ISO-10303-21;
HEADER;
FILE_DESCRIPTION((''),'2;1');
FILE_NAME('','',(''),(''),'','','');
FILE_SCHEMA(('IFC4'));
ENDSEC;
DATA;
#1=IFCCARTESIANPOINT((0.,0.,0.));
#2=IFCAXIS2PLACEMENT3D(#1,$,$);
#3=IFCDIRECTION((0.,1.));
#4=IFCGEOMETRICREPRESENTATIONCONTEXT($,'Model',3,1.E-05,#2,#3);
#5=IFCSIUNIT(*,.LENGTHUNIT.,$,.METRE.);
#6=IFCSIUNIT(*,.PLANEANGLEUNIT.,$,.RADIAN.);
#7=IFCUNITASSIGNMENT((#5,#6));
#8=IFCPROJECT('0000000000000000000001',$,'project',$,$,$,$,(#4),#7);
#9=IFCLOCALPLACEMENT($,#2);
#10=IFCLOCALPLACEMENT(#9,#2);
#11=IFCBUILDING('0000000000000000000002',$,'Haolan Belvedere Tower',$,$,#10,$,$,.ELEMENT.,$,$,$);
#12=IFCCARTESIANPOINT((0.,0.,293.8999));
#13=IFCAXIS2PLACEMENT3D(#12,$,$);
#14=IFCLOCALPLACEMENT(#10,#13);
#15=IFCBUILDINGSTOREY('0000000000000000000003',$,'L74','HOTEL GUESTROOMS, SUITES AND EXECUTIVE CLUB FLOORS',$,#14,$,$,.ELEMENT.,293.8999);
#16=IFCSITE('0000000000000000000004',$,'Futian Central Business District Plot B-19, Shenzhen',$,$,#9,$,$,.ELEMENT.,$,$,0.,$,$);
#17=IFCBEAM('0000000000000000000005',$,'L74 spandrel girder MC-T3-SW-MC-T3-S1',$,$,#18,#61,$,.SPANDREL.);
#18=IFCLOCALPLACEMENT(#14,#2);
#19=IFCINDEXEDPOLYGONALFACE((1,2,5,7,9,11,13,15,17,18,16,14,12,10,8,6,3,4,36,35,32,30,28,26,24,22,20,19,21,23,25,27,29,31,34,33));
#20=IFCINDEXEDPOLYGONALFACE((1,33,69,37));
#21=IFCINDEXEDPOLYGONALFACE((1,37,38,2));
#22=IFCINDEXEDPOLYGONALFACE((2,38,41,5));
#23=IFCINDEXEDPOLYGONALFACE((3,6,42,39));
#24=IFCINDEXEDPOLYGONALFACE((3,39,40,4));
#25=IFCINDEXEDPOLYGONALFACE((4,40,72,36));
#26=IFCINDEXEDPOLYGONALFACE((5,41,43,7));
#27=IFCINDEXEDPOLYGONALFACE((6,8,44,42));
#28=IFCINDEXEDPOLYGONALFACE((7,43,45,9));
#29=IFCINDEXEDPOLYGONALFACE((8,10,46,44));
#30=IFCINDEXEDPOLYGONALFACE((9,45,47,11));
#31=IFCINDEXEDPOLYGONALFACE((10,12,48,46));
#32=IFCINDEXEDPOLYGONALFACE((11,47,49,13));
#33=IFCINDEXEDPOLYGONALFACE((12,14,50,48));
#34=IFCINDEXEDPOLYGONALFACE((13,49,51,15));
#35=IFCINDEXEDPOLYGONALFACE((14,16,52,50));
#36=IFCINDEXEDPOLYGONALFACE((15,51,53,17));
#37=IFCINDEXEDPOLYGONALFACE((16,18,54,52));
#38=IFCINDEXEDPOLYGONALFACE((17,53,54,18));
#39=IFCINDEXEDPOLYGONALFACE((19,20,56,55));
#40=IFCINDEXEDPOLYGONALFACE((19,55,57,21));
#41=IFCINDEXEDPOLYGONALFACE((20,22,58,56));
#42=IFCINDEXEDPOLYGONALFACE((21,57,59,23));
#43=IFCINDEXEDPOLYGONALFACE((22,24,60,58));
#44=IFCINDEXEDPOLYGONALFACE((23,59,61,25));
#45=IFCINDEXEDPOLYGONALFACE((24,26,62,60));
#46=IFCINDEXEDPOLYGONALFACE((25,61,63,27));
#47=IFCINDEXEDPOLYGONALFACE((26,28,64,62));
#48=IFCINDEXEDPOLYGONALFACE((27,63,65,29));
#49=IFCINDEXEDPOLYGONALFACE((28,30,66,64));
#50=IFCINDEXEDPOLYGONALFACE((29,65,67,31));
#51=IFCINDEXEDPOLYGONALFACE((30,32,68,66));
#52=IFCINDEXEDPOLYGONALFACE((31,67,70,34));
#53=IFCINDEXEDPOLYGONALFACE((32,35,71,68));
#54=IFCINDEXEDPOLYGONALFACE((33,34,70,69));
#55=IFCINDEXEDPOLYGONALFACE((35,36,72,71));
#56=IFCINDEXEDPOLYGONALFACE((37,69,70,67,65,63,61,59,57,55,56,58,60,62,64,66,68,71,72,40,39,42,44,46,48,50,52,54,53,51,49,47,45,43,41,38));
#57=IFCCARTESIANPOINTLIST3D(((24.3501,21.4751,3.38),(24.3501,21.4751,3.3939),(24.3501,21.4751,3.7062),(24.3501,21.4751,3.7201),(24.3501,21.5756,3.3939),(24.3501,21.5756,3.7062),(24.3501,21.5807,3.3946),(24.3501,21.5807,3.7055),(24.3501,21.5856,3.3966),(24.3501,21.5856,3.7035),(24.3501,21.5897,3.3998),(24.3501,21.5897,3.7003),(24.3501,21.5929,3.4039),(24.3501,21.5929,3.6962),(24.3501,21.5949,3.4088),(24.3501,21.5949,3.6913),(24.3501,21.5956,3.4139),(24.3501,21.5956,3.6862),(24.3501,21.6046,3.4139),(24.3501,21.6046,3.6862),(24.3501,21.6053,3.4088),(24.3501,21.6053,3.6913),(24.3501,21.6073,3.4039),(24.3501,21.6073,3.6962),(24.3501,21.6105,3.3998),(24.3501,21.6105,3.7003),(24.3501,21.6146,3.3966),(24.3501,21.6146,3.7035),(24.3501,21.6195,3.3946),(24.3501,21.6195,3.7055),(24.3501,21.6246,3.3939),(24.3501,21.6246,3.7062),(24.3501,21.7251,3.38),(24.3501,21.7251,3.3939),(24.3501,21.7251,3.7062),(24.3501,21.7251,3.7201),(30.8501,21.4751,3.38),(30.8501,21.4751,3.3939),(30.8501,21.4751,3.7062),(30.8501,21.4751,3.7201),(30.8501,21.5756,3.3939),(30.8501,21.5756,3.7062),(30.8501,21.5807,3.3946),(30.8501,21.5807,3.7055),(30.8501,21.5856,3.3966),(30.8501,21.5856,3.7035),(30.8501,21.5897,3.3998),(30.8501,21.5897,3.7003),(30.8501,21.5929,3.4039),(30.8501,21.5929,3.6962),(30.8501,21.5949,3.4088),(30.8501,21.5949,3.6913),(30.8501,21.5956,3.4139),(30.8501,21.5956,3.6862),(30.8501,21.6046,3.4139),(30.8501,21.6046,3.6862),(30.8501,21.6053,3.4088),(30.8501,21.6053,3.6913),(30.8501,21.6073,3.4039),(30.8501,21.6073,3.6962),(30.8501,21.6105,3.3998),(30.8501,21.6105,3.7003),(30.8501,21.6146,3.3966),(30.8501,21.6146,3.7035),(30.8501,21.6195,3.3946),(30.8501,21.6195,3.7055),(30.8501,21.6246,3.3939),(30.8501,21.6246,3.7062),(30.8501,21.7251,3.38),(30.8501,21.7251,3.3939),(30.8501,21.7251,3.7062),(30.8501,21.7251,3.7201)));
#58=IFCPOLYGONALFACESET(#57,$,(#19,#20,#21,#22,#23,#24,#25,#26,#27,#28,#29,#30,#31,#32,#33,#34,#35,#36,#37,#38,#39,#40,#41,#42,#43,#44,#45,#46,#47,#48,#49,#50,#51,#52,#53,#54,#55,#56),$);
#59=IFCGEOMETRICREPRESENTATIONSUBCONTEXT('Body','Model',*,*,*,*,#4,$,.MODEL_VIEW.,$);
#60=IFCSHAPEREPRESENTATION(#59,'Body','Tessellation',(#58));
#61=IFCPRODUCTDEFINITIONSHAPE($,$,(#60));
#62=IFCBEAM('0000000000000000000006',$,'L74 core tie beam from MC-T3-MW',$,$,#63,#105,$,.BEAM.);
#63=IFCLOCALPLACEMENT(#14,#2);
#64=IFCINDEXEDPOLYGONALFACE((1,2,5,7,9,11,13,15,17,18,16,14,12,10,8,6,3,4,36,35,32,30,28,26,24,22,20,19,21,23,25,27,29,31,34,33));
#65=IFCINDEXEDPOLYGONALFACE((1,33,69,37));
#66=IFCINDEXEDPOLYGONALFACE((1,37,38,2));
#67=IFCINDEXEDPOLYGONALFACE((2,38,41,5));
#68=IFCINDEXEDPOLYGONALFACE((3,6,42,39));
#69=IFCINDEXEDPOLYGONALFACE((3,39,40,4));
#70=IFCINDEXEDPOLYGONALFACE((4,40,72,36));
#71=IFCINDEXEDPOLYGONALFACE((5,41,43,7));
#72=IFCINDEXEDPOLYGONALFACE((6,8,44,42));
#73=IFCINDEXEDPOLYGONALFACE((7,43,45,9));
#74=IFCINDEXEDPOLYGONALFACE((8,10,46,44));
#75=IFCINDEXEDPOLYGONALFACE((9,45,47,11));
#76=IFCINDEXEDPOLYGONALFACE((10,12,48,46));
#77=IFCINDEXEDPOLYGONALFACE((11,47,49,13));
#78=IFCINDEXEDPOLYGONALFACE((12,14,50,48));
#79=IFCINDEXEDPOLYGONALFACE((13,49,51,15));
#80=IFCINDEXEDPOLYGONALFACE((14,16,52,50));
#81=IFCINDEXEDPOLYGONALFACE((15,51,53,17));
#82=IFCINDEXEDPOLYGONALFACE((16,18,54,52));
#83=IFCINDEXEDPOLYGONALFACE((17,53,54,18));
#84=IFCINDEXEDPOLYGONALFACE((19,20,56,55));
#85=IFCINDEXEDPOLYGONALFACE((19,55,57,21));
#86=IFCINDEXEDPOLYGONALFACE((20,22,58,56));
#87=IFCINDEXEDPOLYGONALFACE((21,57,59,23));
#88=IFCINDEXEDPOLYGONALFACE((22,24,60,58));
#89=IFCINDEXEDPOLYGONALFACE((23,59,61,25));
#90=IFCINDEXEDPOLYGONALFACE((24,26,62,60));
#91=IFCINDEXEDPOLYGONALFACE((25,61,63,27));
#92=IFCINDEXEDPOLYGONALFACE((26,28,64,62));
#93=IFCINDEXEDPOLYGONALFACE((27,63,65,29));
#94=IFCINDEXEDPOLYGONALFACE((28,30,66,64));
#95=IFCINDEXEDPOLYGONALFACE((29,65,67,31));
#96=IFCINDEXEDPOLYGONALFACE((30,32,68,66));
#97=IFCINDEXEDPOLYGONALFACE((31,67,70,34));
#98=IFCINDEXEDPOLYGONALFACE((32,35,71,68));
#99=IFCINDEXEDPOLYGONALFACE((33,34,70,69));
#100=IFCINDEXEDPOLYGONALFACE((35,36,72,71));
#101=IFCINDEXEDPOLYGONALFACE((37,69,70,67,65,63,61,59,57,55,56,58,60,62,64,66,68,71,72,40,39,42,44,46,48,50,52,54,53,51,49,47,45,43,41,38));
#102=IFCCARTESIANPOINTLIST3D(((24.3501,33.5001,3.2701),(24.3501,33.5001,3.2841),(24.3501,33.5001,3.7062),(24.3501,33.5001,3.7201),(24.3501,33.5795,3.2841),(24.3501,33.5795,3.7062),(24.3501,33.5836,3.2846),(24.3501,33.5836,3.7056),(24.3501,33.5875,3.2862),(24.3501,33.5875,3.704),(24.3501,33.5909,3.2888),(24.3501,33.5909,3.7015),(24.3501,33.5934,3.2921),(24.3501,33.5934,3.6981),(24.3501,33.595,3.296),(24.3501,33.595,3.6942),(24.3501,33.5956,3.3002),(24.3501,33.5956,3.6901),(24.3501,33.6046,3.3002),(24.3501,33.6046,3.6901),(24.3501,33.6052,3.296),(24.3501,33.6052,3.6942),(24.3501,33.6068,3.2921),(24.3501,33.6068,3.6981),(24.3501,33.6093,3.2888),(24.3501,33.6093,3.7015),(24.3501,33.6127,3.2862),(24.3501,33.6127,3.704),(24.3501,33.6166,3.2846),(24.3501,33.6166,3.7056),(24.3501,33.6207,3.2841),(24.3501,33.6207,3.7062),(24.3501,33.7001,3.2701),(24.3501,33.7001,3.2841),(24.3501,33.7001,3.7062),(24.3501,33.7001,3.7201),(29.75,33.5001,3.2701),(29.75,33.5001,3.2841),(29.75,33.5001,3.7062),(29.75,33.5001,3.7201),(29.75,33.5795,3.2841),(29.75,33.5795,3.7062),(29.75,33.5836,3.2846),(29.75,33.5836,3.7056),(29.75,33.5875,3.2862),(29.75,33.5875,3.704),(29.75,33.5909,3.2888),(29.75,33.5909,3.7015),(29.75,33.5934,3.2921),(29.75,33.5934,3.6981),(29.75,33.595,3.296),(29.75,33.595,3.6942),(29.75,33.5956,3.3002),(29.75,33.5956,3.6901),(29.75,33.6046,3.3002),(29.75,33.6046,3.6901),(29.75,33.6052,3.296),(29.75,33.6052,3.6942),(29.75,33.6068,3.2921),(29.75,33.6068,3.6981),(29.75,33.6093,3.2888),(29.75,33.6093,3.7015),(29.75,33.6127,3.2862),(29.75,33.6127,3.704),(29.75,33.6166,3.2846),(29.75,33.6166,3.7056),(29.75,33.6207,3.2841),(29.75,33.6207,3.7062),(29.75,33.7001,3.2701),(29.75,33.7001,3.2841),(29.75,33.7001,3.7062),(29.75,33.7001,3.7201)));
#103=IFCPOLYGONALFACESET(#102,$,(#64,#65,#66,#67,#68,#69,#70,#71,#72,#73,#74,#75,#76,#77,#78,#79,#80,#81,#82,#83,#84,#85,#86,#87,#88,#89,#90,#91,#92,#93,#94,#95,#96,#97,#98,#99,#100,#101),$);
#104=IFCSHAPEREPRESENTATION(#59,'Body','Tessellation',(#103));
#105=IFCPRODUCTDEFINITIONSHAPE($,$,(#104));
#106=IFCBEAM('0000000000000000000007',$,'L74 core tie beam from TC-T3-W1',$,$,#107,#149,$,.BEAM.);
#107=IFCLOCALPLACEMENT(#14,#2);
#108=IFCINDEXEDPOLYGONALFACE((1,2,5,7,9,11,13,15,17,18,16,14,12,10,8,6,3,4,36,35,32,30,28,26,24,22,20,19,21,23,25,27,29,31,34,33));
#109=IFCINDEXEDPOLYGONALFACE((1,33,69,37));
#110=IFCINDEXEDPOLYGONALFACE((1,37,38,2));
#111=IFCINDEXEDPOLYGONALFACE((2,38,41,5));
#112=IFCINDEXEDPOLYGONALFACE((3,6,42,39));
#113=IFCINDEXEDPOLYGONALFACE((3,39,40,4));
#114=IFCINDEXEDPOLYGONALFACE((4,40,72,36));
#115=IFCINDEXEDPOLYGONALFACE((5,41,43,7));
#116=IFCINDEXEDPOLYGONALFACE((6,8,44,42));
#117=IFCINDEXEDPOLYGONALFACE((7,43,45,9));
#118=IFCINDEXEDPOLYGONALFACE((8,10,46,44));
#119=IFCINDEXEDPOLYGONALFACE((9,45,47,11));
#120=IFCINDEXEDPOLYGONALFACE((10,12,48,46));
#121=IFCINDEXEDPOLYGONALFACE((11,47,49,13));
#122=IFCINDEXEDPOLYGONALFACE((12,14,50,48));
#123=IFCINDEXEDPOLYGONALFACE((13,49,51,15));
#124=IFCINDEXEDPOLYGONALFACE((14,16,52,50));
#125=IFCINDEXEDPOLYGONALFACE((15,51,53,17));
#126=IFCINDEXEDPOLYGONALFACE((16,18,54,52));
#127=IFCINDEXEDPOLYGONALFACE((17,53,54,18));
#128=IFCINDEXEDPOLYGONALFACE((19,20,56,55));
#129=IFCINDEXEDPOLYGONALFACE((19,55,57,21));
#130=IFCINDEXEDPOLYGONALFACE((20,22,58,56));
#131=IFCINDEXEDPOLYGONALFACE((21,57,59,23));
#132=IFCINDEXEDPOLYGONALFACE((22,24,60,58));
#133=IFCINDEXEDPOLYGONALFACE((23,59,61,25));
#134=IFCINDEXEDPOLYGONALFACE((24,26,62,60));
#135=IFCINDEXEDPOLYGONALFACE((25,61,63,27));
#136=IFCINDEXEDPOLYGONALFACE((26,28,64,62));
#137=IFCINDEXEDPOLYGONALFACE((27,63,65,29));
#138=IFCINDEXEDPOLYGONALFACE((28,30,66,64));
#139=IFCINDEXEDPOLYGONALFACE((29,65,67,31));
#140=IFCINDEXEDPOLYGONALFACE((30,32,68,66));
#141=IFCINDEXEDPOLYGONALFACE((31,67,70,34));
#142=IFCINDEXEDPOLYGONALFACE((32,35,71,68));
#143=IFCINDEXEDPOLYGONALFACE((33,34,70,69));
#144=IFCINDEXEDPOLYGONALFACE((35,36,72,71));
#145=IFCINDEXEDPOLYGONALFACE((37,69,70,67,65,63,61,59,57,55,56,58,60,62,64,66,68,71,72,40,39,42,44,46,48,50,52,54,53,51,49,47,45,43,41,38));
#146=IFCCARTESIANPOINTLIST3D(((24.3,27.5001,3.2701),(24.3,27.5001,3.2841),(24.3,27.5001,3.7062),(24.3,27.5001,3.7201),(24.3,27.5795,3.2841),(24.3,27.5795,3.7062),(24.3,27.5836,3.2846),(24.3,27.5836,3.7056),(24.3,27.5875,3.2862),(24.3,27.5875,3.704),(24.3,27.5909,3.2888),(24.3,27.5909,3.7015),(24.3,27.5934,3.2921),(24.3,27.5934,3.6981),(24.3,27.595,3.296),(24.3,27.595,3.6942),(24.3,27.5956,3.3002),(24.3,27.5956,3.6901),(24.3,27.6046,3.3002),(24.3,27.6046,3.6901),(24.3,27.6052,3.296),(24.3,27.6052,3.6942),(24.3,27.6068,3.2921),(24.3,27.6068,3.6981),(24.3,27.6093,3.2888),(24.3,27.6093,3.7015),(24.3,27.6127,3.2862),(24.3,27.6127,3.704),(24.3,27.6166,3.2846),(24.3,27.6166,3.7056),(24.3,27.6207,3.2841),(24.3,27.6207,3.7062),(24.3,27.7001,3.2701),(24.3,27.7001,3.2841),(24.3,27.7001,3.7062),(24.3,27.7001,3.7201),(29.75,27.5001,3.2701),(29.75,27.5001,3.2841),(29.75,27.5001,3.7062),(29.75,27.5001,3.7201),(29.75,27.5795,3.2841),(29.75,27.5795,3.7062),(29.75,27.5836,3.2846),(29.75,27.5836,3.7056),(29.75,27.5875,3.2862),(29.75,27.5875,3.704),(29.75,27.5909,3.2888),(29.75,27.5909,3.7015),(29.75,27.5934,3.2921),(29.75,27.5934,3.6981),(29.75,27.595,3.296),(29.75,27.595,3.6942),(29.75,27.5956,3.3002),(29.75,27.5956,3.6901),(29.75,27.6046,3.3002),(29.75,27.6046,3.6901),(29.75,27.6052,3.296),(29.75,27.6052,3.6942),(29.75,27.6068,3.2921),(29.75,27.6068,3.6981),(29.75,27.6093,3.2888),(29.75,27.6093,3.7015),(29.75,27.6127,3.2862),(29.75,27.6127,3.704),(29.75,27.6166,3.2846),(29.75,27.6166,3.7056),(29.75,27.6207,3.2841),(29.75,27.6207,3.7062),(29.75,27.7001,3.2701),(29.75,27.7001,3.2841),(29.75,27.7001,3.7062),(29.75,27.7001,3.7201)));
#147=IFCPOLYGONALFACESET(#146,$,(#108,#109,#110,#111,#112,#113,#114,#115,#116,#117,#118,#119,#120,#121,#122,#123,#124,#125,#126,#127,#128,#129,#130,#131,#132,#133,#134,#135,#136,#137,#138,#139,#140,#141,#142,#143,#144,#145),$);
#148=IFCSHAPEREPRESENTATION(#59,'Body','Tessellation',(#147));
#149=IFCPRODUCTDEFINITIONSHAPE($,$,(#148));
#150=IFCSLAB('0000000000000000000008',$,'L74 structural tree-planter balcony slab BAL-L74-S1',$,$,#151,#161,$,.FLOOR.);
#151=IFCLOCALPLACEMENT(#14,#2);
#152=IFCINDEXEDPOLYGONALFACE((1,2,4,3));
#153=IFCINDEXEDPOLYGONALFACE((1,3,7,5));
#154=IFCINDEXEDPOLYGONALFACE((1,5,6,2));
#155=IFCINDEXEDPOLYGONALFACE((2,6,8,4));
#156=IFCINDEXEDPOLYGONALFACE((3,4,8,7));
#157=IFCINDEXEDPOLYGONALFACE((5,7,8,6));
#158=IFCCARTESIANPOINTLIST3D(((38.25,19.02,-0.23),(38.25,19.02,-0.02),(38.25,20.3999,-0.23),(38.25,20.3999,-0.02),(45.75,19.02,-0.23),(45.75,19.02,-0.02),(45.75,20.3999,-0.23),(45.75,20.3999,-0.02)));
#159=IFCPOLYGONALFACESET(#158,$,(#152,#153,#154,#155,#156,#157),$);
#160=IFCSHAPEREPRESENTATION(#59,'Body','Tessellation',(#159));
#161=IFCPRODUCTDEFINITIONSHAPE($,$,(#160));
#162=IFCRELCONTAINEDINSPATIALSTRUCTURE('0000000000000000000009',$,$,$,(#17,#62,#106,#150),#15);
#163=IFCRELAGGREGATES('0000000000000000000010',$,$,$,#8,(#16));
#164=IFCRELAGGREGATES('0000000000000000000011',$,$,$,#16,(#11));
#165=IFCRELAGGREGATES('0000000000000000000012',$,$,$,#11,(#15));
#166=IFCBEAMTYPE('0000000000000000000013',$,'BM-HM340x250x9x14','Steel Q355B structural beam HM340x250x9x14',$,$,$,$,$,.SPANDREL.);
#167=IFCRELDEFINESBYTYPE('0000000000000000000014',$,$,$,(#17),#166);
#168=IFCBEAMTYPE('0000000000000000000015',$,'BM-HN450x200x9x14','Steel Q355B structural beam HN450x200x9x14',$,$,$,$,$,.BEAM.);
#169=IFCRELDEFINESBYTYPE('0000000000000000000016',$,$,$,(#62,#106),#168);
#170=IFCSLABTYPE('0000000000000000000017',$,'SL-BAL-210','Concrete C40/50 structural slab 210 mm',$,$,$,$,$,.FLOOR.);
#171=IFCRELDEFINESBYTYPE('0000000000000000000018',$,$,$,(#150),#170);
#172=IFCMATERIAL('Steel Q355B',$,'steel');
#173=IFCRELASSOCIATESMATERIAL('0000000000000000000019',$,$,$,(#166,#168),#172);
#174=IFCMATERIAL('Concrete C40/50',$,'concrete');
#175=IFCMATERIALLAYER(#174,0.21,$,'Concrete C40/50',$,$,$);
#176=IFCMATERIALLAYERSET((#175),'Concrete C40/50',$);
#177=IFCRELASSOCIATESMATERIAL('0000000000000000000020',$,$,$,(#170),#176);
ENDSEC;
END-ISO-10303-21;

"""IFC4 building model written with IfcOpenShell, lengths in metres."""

from ifc_helpers import new_model, si_unit, direction, frame, origin, origin_2d, place, context, subcontext, project, spatial, polyline, i_section, outline, extrude, material, layer, layer_set, material_profile, profile_set, type_object, element, save


model = new_model("IFC4")

# Units and contexts
model_context = context("Model", 3, precision=1e-05, world=origin(), true_north=direction((0.0, 1.0)))
body_context = subcontext(model_context, "Body", "Model", "MODEL_VIEW")
ifc_project = project(units=[si_unit("LENGTHUNIT", "METRE"), si_unit("PLANEANGLEUNIT", "RADIAN")], contexts=[model_context])

# Site, building, storey
site_placement = place(None, origin())
site = spatial("IfcSite", under=ifc_project, at=site_placement, Name="Futian Central Business District Plot B-19, Shenzhen", CompositionType="ELEMENT", RefElevation=0.0)
building_placement = place(site_placement, origin())
building = spatial("IfcBuilding", under=site, at=building_placement, Name="Haolan Belvedere Tower", CompositionType="ELEMENT")
storey_placement = place(building_placement, frame((0.0, 0.0, 293.8999)))
storey = spatial("IfcBuildingStorey", under=building, at=storey_placement, Name="L74", Description="HOTEL GUESTROOMS, SUITES AND EXECUTIVE CLUB FLOORS", CompositionType="ELEMENT", Elevation=293.8999)

# Beams
ifc_material_1 = material(Name="Steel Q355B", Category="steel")
ifc_material_profile_1 = material_profile(ifc_material_1, i_section(OverallWidth=0.25, OverallDepth=0.3401, WebThickness=0.009, FlangeThickness=0.0139, FilletRadius=0.02, at=origin_2d()), Name="Steel Q355B")
ifc_profile_set_1 = profile_set([ifc_material_profile_1], Name="Steel Q355B")
beam_type_1 = type_object("IfcBeamType", Name="BM-HM340x250x9x14", Description="Steel Q355B structural beam HM340x250x9x14", PredefinedType="SPANDREL", material=ifc_profile_set_1)
beam_1_placement = place(storey_placement, frame((24.3501, 21.6001, 3.55), z_axis=(1.0, 0.0, 0.0), x_axis=(0.0, 1.0, 0.0)))
element("IfcBeam", 1, at=beam_1_placement, inside=storey, type_object=beam_type_1, Name="L74 spandrel girder MC-T3-SW-MC-T3-S1", PredefinedType="SPANDREL", context=body_context, shape_type="SweptSolid", body=[
    extrude(i_section(OverallWidth=0.25, OverallDepth=0.3401, WebThickness=0.009, FlangeThickness=0.0139, FilletRadius=0.02, at=origin_2d()), origin(), (0.0, 0.0, 1.0), 6.5),
])
ifc_material_profile_2 = material_profile(ifc_material_1, i_section(OverallWidth=0.2, OverallDepth=0.45, WebThickness=0.009, FlangeThickness=0.0139, FilletRadius=0.0161, at=origin_2d()), Name="Steel Q355B")
ifc_profile_set_2 = profile_set([ifc_material_profile_2], Name="Steel Q355B")
beam_type_2 = type_object("IfcBeamType", Name="BM-HN450x200x9x14", Description="Steel Q355B structural beam HN450x200x9x14", PredefinedType="BEAM", material=ifc_profile_set_2)
beam_2_placement = place(storey_placement, frame((24.3501, 33.6001, 3.4951), z_axis=(1.0, 0.0, 0.0), x_axis=(0.0, 1.0, 0.0)))
element("IfcBeam", 2, at=beam_2_placement, inside=storey, type_object=beam_type_2, Name="L74 core tie beam from MC-T3-MW", PredefinedType="BEAM", context=body_context, shape_type="SweptSolid", body=[
    extrude(i_section(OverallWidth=0.2, OverallDepth=0.45, WebThickness=0.009, FlangeThickness=0.0139, FilletRadius=0.0161, at=origin_2d()), origin(), (0.0, 0.0, 1.0), 5.3999),
])
beam_3_placement = place(storey_placement, frame((24.3, 27.6001, 3.4951), z_axis=(1.0, 0.0, 0.0), x_axis=(0.0, 1.0, 0.0)))
element("IfcBeam", 3, at=beam_3_placement, inside=storey, type_object=beam_type_2, Name="L74 core tie beam from TC-T3-W1", PredefinedType="BEAM", context=body_context, shape_type="SweptSolid", body=[
    extrude(i_section(OverallWidth=0.2, OverallDepth=0.45, WebThickness=0.009, FlangeThickness=0.0139, FilletRadius=0.0161, at=origin_2d()), origin(), (0.0, 0.0, 1.0), 5.45),
])

# Slab
ifc_material_2 = material(Name="Concrete C40/50", Category="concrete")
ifc_layer_1 = layer(ifc_material_2, 0.21, Name="Concrete C40/50")
ifc_layer_set_1 = layer_set([ifc_layer_1], Name="Concrete C40/50")
slab_type_1 = type_object("IfcSlabType", Name="SL-BAL-210", Description="Concrete C40/50 structural slab 210 mm", PredefinedType="FLOOR", material=ifc_layer_set_1)
slab_1_placement = place(storey_placement, frame((0.0, 0.0, -0.23)))
element("IfcSlab", 4, at=slab_1_placement, inside=storey, type_object=slab_type_1, Name="L74 structural tree-planter balcony slab BAL-L74-S1", PredefinedType="FLOOR", context=body_context, shape_type="SweptSolid", body=[
    extrude(outline(polyline([(38.25, 19.02), (45.75, 19.02), (45.75, 20.3999), (38.25, 20.3999), (38.25, 19.02)])), origin(), (0.0, 0.0, 1.0), 0.21),
])

save(model, "model.ifc")
